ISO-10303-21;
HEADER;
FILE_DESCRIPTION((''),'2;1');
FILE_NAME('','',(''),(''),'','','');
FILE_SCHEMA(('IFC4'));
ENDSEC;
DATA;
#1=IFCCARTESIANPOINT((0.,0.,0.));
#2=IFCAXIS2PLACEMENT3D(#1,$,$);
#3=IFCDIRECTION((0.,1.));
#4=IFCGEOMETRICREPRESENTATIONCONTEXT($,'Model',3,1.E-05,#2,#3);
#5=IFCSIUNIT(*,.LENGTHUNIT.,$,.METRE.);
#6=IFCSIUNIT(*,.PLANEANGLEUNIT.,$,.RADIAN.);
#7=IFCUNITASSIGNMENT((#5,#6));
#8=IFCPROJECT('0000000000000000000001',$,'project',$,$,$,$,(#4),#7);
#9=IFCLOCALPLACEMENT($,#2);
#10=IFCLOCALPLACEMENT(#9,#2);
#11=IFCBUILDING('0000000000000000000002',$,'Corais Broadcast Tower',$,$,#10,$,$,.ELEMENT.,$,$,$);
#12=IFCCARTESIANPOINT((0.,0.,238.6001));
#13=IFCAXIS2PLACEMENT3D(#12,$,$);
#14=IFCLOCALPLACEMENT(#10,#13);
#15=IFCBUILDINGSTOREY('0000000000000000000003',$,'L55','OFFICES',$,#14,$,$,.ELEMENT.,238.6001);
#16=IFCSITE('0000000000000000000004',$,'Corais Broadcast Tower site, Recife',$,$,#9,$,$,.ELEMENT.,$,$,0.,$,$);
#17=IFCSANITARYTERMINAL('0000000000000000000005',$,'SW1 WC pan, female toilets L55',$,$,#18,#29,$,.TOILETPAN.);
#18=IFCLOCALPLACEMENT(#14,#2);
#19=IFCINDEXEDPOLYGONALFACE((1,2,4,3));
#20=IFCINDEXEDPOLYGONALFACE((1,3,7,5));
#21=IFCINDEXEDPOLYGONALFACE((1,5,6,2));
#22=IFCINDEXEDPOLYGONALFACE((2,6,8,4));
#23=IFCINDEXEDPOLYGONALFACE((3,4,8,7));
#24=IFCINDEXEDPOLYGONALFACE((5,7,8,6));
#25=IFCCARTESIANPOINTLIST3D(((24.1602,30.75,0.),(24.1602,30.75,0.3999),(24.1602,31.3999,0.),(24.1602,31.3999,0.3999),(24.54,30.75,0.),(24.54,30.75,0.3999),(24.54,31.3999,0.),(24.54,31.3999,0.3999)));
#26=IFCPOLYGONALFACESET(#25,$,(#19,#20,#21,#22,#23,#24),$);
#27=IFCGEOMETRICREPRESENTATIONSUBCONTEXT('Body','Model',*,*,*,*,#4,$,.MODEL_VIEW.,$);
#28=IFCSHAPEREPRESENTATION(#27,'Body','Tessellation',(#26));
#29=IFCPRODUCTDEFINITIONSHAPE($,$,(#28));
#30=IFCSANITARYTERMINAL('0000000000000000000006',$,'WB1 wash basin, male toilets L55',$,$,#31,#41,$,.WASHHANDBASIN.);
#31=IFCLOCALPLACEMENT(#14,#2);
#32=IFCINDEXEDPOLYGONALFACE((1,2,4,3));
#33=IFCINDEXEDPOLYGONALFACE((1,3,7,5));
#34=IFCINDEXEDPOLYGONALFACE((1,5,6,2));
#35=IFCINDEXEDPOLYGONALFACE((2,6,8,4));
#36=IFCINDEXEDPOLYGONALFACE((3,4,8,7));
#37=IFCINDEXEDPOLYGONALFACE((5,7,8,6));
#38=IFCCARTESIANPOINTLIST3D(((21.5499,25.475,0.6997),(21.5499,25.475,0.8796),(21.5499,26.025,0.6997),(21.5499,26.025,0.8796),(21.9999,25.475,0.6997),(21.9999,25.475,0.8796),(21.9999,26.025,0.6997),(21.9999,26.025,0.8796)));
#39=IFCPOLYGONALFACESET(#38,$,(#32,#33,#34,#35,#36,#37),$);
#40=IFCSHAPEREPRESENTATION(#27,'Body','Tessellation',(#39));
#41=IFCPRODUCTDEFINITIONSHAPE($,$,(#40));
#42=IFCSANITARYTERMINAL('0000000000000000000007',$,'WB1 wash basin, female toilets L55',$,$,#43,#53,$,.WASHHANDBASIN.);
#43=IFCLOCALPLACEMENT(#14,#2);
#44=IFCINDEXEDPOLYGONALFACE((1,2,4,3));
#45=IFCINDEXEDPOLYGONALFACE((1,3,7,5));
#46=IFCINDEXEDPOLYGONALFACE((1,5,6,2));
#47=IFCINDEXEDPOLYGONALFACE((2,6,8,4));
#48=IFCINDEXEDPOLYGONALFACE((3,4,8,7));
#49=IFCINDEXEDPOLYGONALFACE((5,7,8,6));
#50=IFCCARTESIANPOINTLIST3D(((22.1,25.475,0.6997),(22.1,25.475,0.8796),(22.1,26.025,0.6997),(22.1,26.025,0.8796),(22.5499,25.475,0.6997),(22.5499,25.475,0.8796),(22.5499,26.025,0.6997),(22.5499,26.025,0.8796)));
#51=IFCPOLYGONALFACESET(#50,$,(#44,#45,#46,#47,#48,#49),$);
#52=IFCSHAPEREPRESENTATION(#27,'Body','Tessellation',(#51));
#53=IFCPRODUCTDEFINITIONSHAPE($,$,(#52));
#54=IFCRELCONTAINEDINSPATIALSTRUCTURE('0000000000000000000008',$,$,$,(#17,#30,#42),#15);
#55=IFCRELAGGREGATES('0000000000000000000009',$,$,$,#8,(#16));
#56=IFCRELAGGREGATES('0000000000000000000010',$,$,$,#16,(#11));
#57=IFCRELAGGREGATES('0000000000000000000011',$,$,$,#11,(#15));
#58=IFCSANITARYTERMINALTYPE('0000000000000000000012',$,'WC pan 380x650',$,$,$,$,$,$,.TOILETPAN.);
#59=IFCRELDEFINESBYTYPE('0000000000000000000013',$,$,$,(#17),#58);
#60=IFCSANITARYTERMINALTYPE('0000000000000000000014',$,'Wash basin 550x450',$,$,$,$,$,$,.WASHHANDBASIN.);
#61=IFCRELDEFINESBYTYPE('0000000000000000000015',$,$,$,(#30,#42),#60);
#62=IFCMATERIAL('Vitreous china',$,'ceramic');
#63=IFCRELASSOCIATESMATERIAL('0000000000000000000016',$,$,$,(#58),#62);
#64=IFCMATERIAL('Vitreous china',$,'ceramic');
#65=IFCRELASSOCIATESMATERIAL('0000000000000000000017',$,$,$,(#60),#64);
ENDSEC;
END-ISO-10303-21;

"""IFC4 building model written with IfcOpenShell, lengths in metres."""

from ifc_helpers import new_model, si_unit, direction, frame, origin, origin_2d, place, context, subcontext, project, spatial, rectangle, extrude, material, type_object, element, save


model = new_model("IFC4")

# Units and contexts
model_context = context("Model", 3, precision=1e-05, world=origin(), true_north=direction((0.0, 1.0)))
body_context = subcontext(model_context, "Body", "Model", "MODEL_VIEW")
ifc_project = project(units=[si_unit("LENGTHUNIT", "METRE"), si_unit("PLANEANGLEUNIT", "RADIAN")], contexts=[model_context])

# Site, building, storey
site_placement = place(None, origin())
site = spatial("IfcSite", under=ifc_project, at=site_placement, Name="Corais Broadcast Tower site, Recife", CompositionType="ELEMENT", RefElevation=0.0)
building_placement = place(site_placement, origin())
building = spatial("IfcBuilding", under=site, at=building_placement, Name="Corais Broadcast Tower", CompositionType="ELEMENT")
storey_placement = place(building_placement, frame((0.0, 0.0, 238.6001)))
storey = spatial("IfcBuildingStorey", under=building, at=storey_placement, Name="L55", Description="OFFICES", CompositionType="ELEMENT", Elevation=238.6001)

# Sanitary terminals
ifc_material_1 = material(Name="Vitreous china", Category="ceramic")
sanitary_terminal_type_1 = type_object("IfcSanitaryTerminalType", Name="WC pan 380x650", PredefinedType="TOILETPAN", material=ifc_material_1)
for number, where, z_axis, x_axis, name in (
    (1, (24.3501, 31.075, 0.0), (0.0, 0.0, 1.0), (1.0, 0.0, 0.0), "SW1 WC pan, female toilets L55"),
):
    element("IfcSanitaryTerminal", number, at=place(storey_placement, frame(where, z_axis=z_axis, x_axis=x_axis)), inside=storey, type_object=sanitary_terminal_type_1, Name=name, PredefinedType="TOILETPAN", context=body_context, shape_type="SweptSolid", body=[
        extrude(rectangle(XDim=0.3799, YDim=0.6499, at=origin_2d()), origin(), (0.0, 0.0, 1.0), 0.3999),
    ])
ifc_material_2 = material(Name="Vitreous china", Category="ceramic")
sanitary_terminal_type_2 = type_object("IfcSanitaryTerminalType", Name="Wash basin 550x450", PredefinedType="WASHHANDBASIN", material=ifc_material_2)
for number, where, z_axis, x_axis, name in (
    (2, (21.7749, 25.75, 0.6997), (0.0, 0.0, 1.0), (1.0, 0.0, 0.0), "WB1 wash basin, male toilets L55"),
    (3, (22.325, 25.75, 0.6997), (0.0, 0.0, 1.0), (1.0, 0.0, 0.0), "WB1 wash basin, female toilets L55"),
):
    element("IfcSanitaryTerminal", number, at=place(storey_placement, frame(where, z_axis=z_axis, x_axis=x_axis)), inside=storey, type_object=sanitary_terminal_type_2, Name=name, PredefinedType="WASHHANDBASIN", context=body_context, shape_type="SweptSolid", body=[
        extrude(rectangle(XDim=0.45, YDim=0.55, at=origin_2d()), origin(), (0.0, 0.0, 1.0), 0.1799),
    ])

save(model, "model.ifc")
